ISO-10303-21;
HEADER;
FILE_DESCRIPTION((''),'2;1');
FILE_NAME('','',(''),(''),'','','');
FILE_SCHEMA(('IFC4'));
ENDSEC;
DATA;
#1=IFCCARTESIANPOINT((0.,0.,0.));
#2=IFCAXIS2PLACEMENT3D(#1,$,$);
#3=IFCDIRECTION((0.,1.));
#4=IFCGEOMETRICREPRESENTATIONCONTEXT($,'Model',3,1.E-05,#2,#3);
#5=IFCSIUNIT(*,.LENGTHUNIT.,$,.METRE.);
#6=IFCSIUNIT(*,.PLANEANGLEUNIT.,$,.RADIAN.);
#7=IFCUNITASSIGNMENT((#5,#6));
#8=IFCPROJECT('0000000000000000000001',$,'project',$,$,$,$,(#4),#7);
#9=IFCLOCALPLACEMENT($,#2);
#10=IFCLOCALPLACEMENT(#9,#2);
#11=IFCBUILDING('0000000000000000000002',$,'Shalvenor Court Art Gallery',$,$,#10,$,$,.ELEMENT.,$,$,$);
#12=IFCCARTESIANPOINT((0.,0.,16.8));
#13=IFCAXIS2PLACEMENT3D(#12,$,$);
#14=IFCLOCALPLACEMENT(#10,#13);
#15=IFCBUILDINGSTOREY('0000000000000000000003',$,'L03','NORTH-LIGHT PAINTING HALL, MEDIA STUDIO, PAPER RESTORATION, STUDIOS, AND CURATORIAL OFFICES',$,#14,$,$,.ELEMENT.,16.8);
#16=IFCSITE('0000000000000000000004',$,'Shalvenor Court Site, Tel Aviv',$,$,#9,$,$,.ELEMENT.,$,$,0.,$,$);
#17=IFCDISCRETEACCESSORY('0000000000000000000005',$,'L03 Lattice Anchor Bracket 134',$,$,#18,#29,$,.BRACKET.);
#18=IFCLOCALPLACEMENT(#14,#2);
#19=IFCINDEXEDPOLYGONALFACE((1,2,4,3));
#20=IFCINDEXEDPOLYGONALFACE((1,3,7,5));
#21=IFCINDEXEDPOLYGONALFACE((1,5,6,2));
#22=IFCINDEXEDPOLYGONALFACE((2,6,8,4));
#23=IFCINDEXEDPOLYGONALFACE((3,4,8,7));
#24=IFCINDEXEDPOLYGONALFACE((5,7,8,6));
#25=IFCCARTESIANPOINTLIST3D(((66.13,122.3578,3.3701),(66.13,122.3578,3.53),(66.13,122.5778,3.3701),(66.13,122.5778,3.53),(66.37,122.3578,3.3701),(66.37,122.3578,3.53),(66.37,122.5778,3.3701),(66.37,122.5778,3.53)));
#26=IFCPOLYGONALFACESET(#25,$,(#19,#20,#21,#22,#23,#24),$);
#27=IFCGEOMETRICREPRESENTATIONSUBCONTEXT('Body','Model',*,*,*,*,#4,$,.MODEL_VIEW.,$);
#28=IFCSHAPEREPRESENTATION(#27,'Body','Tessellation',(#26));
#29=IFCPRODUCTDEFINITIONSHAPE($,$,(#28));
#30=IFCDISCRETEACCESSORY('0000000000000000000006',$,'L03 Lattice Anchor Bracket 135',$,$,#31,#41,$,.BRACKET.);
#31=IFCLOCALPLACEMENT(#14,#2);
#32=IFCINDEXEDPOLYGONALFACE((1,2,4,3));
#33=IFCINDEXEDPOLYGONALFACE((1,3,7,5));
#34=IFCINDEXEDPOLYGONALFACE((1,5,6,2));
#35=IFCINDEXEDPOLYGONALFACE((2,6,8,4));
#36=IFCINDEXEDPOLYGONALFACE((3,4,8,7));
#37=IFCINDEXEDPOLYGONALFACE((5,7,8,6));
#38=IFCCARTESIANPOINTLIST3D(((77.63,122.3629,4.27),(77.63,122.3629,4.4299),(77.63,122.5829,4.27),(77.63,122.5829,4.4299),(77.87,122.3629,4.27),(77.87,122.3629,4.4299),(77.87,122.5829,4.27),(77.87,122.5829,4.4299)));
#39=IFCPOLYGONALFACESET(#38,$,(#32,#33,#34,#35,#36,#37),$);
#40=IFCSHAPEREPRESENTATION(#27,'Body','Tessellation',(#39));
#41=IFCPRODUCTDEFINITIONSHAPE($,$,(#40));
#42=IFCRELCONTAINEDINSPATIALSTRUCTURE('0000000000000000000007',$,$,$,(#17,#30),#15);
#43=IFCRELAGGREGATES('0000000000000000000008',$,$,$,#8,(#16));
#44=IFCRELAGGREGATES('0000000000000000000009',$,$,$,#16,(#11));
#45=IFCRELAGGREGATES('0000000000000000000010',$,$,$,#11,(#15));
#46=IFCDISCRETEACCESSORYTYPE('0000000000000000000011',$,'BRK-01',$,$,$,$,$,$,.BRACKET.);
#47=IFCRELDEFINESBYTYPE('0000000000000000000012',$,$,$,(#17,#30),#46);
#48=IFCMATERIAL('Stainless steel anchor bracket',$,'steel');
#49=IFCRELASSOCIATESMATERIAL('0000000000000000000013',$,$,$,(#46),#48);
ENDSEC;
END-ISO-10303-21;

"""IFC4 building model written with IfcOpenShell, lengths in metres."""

from ifc_helpers import new_model, si_unit, direction, frame, origin, origin_2d, place, context, subcontext, project, spatial, rectangle, extrude, material, type_object, element, save


model = new_model("IFC4")

# Units and contexts
model_context = context("Model", 3, precision=1e-05, world=origin(), true_north=direction((0.0, 1.0)))
body_context = subcontext(model_context, "Body", "Model", "MODEL_VIEW")
ifc_project = project(units=[si_unit("LENGTHUNIT", "METRE"), si_unit("PLANEANGLEUNIT", "RADIAN")], contexts=[model_context])

# Site, building, storey
site_placement = place(None, origin())
site = spatial("IfcSite", under=ifc_project, at=site_placement, Name="Shalvenor Court Site, Tel Aviv", CompositionType="ELEMENT", RefElevation=0.0)
building_placement = place(site_placement, origin())
building = spatial("IfcBuilding", under=site, at=building_placement, Name="Shalvenor Court Art Gallery", CompositionType="ELEMENT")
storey_placement = place(building_placement, frame((0.0, 0.0, 16.8)))
storey = spatial("IfcBuildingStorey", under=building, at=storey_placement, Name="L03", Description="NORTH-LIGHT PAINTING HALL, MEDIA STUDIO, PAPER RESTORATION, STUDIOS, AND CURATORIAL OFFICES", CompositionType="ELEMENT", Elevation=16.8)

# Discrete accessories
ifc_material_1 = material(Name="Stainless steel anchor bracket", Category="steel")
discrete_accessory_type = type_object("IfcDiscreteAccessoryType", Name="BRK-01", PredefinedType="BRACKET", material=ifc_material_1)
for number, where, z_axis, x_axis, name in (
    (1, (66.25, 122.4678, 3.3701), (0.0, 0.0, 1.0), (1.0, 0.0, 0.0), "L03 Lattice Anchor Bracket 134"),
    (2, (77.75, 122.4729, 4.27), (0.0, 0.0, 1.0), (1.0, 0.0, 0.0), "L03 Lattice Anchor Bracket 135"),
):
    element("IfcDiscreteAccessory", number, at=place(storey_placement, frame(where, z_axis=z_axis, x_axis=x_axis)), inside=storey, type_object=discrete_accessory_type, Name=name, PredefinedType="BRACKET", context=body_context, shape_type="SweptSolid", body=[
        extrude(rectangle(XDim=0.24, YDim=0.22, at=origin_2d()), origin(), (0.0, 0.0, 1.0), 0.1599),
    ])

save(model, "model.ifc")
